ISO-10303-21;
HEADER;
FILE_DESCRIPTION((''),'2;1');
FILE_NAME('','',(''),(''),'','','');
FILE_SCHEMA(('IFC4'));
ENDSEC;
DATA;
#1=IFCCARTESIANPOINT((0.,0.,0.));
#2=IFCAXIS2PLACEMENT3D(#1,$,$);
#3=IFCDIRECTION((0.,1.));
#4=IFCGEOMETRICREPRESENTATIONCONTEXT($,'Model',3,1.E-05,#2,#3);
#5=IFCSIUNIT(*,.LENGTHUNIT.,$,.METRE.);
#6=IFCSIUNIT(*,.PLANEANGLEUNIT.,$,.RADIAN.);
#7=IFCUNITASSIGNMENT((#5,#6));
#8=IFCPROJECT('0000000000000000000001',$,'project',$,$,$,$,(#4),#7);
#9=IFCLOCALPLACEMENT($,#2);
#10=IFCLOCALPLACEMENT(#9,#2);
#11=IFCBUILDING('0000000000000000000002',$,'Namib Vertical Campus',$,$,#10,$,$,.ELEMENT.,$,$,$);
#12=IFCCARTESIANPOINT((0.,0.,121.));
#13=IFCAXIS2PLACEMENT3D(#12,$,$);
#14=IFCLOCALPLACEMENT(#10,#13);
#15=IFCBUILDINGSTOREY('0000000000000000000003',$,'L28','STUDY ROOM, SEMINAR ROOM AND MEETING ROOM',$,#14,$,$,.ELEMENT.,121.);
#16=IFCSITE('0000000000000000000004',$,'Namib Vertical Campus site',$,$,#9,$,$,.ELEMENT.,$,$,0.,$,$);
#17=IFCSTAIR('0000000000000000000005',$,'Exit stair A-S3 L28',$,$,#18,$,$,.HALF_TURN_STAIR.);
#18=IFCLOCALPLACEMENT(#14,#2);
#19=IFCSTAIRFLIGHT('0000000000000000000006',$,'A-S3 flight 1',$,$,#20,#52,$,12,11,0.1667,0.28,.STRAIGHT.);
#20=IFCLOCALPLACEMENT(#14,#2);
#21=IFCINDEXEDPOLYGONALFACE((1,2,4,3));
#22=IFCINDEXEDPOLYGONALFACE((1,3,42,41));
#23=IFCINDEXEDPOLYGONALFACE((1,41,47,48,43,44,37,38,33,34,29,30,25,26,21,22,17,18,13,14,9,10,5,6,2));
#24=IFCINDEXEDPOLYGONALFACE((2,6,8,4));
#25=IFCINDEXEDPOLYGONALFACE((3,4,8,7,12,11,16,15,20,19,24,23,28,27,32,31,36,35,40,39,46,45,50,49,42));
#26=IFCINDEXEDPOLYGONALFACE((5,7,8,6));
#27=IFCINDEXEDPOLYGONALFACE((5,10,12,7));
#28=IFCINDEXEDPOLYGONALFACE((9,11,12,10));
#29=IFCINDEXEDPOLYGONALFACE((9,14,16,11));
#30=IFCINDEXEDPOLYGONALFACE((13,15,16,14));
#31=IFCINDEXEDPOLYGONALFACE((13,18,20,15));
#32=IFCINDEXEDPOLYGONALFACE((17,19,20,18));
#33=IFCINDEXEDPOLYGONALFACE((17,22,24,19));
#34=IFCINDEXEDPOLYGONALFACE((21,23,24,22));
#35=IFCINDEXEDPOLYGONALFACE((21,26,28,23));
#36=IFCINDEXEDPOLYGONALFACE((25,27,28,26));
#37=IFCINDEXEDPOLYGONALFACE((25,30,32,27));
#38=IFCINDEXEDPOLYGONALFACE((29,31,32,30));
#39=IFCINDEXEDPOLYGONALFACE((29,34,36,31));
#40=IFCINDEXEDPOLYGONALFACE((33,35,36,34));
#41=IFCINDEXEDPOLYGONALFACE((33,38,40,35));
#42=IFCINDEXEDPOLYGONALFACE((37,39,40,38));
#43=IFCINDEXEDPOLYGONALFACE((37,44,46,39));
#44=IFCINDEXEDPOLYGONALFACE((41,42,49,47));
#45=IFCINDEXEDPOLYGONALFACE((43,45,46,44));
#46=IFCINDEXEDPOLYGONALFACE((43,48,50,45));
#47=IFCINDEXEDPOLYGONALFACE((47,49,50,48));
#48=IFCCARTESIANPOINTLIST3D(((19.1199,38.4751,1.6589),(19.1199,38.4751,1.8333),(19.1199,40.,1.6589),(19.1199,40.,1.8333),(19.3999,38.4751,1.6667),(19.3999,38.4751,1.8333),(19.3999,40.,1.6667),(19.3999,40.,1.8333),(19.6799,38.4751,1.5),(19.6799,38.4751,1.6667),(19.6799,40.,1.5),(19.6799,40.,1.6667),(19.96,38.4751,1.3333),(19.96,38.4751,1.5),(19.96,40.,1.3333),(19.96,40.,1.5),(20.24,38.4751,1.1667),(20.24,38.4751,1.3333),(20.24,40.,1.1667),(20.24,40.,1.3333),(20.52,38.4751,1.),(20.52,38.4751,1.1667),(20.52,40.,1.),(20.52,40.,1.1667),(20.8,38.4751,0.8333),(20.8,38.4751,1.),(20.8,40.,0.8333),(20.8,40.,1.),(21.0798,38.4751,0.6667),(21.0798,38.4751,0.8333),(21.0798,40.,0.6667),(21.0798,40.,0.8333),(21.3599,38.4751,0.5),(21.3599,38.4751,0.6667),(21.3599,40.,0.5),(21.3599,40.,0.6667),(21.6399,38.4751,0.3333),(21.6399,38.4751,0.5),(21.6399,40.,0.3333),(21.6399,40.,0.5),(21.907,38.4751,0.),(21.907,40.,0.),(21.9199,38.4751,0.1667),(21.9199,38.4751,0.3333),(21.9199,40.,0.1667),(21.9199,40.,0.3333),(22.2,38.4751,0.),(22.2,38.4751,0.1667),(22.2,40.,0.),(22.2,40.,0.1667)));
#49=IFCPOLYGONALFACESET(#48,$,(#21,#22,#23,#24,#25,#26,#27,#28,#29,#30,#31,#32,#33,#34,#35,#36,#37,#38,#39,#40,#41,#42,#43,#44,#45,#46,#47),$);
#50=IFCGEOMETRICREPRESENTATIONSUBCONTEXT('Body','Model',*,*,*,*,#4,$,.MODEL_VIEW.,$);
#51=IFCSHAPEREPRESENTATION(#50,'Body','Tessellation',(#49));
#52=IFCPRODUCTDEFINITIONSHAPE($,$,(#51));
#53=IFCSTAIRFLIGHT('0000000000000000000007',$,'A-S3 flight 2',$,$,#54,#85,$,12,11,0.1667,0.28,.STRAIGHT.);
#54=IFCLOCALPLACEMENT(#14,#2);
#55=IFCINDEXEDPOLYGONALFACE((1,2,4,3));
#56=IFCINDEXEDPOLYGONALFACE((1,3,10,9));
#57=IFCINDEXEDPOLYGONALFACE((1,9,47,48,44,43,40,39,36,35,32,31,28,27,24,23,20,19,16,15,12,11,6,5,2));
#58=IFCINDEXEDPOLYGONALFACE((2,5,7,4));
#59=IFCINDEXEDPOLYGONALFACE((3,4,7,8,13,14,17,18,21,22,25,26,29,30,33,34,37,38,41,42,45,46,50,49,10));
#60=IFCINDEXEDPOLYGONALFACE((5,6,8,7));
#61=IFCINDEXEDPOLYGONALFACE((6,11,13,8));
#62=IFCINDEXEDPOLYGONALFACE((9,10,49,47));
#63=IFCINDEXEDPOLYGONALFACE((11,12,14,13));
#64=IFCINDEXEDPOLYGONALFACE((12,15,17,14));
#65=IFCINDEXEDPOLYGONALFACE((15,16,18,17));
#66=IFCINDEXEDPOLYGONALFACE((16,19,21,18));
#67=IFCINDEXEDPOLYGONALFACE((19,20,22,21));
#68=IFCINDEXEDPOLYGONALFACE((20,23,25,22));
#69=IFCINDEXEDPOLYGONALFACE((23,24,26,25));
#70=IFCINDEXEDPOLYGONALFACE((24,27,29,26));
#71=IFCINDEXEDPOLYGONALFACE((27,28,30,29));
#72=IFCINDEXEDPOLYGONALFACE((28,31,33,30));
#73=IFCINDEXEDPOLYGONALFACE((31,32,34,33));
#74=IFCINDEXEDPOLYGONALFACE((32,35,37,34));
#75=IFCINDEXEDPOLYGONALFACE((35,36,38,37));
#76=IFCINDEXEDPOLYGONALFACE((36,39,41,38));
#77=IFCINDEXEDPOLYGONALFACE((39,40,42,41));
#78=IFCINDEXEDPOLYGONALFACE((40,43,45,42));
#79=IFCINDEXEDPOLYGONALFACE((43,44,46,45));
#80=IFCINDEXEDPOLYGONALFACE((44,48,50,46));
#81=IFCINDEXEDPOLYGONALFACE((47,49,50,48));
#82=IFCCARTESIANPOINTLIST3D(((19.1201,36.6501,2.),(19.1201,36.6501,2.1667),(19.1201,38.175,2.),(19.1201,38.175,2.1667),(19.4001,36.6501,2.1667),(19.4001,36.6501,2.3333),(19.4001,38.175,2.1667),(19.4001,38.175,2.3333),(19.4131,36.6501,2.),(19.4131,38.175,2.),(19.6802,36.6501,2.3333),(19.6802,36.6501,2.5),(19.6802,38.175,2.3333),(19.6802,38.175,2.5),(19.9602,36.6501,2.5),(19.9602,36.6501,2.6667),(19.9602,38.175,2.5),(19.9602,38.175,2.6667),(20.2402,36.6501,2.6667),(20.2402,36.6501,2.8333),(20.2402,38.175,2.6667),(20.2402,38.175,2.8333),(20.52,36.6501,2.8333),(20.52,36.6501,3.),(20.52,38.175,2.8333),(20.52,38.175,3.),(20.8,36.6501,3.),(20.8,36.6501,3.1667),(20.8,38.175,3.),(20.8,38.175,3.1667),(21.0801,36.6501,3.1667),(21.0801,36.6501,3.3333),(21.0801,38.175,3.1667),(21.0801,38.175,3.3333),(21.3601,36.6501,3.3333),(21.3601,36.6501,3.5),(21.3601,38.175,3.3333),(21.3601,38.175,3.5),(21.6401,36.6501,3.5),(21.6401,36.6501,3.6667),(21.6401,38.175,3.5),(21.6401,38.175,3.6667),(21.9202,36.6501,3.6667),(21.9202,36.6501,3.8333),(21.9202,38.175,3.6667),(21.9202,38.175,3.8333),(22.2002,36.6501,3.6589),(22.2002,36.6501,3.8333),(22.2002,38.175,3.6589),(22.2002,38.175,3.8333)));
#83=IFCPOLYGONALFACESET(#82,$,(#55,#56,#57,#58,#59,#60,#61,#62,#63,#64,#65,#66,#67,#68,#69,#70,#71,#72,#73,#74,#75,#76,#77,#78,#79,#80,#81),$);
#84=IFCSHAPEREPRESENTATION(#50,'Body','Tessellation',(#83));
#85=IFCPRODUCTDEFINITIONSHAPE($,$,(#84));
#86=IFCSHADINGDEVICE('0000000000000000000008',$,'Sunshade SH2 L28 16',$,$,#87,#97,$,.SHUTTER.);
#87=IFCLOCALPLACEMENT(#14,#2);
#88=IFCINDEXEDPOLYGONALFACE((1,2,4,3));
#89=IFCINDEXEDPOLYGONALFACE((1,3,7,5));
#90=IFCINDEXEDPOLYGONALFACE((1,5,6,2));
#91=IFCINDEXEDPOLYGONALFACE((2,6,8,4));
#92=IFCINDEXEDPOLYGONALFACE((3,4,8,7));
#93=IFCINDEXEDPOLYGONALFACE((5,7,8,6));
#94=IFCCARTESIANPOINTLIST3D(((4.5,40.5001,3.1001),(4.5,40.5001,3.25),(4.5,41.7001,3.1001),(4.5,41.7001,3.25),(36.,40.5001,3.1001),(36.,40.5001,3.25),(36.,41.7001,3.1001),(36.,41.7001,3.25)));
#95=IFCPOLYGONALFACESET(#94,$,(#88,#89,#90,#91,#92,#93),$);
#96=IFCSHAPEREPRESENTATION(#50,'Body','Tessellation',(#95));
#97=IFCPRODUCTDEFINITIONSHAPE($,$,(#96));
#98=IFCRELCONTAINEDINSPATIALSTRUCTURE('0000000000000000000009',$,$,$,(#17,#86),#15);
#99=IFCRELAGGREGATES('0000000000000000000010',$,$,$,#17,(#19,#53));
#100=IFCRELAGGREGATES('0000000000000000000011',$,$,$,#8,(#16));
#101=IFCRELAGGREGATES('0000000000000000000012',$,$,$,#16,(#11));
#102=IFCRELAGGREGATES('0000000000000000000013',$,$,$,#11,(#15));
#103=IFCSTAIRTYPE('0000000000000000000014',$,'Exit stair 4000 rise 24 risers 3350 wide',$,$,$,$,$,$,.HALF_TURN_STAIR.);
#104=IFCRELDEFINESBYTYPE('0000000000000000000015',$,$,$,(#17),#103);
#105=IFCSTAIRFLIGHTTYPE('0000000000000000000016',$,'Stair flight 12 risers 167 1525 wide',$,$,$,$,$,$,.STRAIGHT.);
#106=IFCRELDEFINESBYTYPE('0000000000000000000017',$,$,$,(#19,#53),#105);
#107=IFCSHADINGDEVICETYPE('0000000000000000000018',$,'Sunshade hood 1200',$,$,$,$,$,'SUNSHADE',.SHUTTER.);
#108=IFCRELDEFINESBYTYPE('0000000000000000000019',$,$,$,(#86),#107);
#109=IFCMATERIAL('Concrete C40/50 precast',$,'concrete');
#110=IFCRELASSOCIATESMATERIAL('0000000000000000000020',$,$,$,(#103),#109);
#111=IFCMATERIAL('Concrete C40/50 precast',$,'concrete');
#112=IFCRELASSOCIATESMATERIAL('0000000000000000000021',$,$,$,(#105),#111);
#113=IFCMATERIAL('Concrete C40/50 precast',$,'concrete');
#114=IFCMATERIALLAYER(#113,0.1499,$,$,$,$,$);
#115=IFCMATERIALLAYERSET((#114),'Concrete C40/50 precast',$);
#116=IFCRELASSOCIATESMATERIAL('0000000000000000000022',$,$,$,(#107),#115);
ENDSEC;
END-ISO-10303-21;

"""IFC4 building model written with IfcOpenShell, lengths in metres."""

from ifc_helpers import new_model, si_unit, direction, frame, origin, origin_2d, place, context, subcontext, project, spatial, polyline, rectangle, outline, extrude, material, layer, layer_set, type_object, element, aggregate, save


model = new_model("IFC4")

# Units and contexts
model_context = context("Model", 3, precision=1e-05, world=origin(), true_north=direction((0.0, 1.0)))
body_context = subcontext(model_context, "Body", "Model", "MODEL_VIEW")
ifc_project = project(units=[si_unit("LENGTHUNIT", "METRE"), si_unit("PLANEANGLEUNIT", "RADIAN")], contexts=[model_context])

# Site, building, storey
site_placement = place(None, origin())
site = spatial("IfcSite", under=ifc_project, at=site_placement, Name="Namib Vertical Campus site", CompositionType="ELEMENT", RefElevation=0.0)
building_placement = place(site_placement, origin())
building = spatial("IfcBuilding", under=site, at=building_placement, Name="Namib Vertical Campus", CompositionType="ELEMENT")
storey_placement = place(building_placement, frame((0.0, 0.0, 121.0)))
storey = spatial("IfcBuildingStorey", under=building, at=storey_placement, Name="L28", Description="STUDY ROOM, SEMINAR ROOM AND MEETING ROOM", CompositionType="ELEMENT", Elevation=121.0)

# Stair, stair flights
ifc_material_1 = material(Name="Concrete C40/50 precast", Category="concrete")
stair_type = type_object("IfcStairType", Name="Exit stair 4000 rise 24 risers 3350 wide", PredefinedType="HALF_TURN_STAIR", material=ifc_material_1)
stair_placement = place(storey_placement, origin())
stair = element("IfcStair", 1, at=stair_placement, inside=storey, type_object=stair_type, Name="Exit stair A-S3 L28", PredefinedType="HALF_TURN_STAIR")
ifc_material_2 = material(Name="Concrete C40/50 precast", Category="concrete")
stair_flight_type = type_object("IfcStairFlightType", Name="Stair flight 12 risers 167 1525 wide", PredefinedType="STRAIGHT", material=ifc_material_2)
stair_flight_1_placement = place(storey_placement, frame((22.2, 39.2375, 0.0), z_axis=(0.0, 0.0, 1.0), x_axis=(-1.0, 0.0, 0.0)))
stair_flight_1 = element("IfcStairFlight", 2, at=stair_flight_1_placement, type_object=stair_flight_type, Name="A-S3 flight 1", NumberOfRisers=12, NumberOfTreads=11, PredefinedType="STRAIGHT", RiserHeight=0.1667, TreadLength=0.28, context=body_context, shape_type="SweptSolid", body=[
    extrude(outline(polyline([(0.0, 0.0), (0.0, 0.1667), (0.28, 0.1667), (0.28, 0.3333), (0.5601, 0.3333), (0.5601, 0.5), (0.8401, 0.5), (0.8401, 0.6667), (1.1201, 0.6667), (1.1201, 0.8333), (1.3999, 0.8333), (1.3999, 1.0), (1.6799, 1.0), (1.6799, 1.1667), (1.96, 1.1667), (1.96, 1.3333), (2.24, 1.3333), (2.24, 1.5), (2.52, 1.5), (2.52, 1.6667), (2.8, 1.6667), (2.8, 1.8333), (3.0801, 1.8333), (3.0801, 2.0), (3.0801, 1.6589), (0.293, 0.0), (0.0, 0.0)])), frame((0.0, 0.7625, 0.0), z_axis=(0.0, -1.0, 0.0), x_axis=(1.0, 0.0, 0.0)), (0.0, 0.0, 1.0), 1.5249),
])
stair_flight_2_placement = place(storey_placement, frame((19.1201, 37.4126, 2.0), z_axis=(0.0, 0.0, 1.0), x_axis=(1.0, 0.0, 0.0)))
stair_flight_2 = element("IfcStairFlight", 3, at=stair_flight_2_placement, type_object=stair_flight_type, Name="A-S3 flight 2", NumberOfRisers=12, NumberOfTreads=11, PredefinedType="STRAIGHT", RiserHeight=0.1667, TreadLength=0.28, context=body_context, shape_type="SweptSolid", body=[
    extrude(outline(polyline([(0.0, 0.0), (0.0, 0.1667), (0.28, 0.1667), (0.28, 0.3333), (0.5601, 0.3333), (0.5601, 0.5), (0.8401, 0.5), (0.8401, 0.6667), (1.1201, 0.6667), (1.1201, 0.8333), (1.3999, 0.8333), (1.3999, 1.0), (1.6799, 1.0), (1.6799, 1.1667), (1.96, 1.1667), (1.96, 1.3333), (2.24, 1.3333), (2.24, 1.5), (2.52, 1.5), (2.52, 1.6667), (2.8, 1.6667), (2.8, 1.8333), (3.0801, 1.8333), (3.0801, 2.0), (3.0801, 1.6589), (0.293, 0.0), (0.0, 0.0)])), frame((0.0, 0.7625, 0.0), z_axis=(0.0, -1.0, 0.0), x_axis=(1.0, 0.0, 0.0)), (0.0, 0.0, 1.0), 1.5249),
])
aggregate(stair, [stair_flight_1, stair_flight_2])

# Shading device
ifc_material_3 = material(Name="Concrete C40/50 precast", Category="concrete")
ifc_layer_1 = layer(ifc_material_3, 0.1499)
ifc_layer_set_1 = layer_set([ifc_layer_1], Name="Concrete C40/50 precast")
shading_device_type = type_object("IfcShadingDeviceType", Name="Sunshade hood 1200", ElementType="SUNSHADE", PredefinedType="SHUTTER", material=ifc_layer_set_1)
shading_device_placement = place(storey_placement, frame((20.25, 41.1001, 3.1001), z_axis=(0.0, 0.0, 1.0), x_axis=(-1.0, 0.0, 0.0)))
element("IfcShadingDevice", 4, at=shading_device_placement, inside=storey, type_object=shading_device_type, Name="Sunshade SH2 L28 16", PredefinedType="SHUTTER", context=body_context, shape_type="SweptSolid", body=[
    extrude(rectangle(XDim=31.5, YDim=1.2, at=origin_2d()), origin(), (0.0, 0.0, 1.0), 0.1499),
])

save(model, "model.ifc")
